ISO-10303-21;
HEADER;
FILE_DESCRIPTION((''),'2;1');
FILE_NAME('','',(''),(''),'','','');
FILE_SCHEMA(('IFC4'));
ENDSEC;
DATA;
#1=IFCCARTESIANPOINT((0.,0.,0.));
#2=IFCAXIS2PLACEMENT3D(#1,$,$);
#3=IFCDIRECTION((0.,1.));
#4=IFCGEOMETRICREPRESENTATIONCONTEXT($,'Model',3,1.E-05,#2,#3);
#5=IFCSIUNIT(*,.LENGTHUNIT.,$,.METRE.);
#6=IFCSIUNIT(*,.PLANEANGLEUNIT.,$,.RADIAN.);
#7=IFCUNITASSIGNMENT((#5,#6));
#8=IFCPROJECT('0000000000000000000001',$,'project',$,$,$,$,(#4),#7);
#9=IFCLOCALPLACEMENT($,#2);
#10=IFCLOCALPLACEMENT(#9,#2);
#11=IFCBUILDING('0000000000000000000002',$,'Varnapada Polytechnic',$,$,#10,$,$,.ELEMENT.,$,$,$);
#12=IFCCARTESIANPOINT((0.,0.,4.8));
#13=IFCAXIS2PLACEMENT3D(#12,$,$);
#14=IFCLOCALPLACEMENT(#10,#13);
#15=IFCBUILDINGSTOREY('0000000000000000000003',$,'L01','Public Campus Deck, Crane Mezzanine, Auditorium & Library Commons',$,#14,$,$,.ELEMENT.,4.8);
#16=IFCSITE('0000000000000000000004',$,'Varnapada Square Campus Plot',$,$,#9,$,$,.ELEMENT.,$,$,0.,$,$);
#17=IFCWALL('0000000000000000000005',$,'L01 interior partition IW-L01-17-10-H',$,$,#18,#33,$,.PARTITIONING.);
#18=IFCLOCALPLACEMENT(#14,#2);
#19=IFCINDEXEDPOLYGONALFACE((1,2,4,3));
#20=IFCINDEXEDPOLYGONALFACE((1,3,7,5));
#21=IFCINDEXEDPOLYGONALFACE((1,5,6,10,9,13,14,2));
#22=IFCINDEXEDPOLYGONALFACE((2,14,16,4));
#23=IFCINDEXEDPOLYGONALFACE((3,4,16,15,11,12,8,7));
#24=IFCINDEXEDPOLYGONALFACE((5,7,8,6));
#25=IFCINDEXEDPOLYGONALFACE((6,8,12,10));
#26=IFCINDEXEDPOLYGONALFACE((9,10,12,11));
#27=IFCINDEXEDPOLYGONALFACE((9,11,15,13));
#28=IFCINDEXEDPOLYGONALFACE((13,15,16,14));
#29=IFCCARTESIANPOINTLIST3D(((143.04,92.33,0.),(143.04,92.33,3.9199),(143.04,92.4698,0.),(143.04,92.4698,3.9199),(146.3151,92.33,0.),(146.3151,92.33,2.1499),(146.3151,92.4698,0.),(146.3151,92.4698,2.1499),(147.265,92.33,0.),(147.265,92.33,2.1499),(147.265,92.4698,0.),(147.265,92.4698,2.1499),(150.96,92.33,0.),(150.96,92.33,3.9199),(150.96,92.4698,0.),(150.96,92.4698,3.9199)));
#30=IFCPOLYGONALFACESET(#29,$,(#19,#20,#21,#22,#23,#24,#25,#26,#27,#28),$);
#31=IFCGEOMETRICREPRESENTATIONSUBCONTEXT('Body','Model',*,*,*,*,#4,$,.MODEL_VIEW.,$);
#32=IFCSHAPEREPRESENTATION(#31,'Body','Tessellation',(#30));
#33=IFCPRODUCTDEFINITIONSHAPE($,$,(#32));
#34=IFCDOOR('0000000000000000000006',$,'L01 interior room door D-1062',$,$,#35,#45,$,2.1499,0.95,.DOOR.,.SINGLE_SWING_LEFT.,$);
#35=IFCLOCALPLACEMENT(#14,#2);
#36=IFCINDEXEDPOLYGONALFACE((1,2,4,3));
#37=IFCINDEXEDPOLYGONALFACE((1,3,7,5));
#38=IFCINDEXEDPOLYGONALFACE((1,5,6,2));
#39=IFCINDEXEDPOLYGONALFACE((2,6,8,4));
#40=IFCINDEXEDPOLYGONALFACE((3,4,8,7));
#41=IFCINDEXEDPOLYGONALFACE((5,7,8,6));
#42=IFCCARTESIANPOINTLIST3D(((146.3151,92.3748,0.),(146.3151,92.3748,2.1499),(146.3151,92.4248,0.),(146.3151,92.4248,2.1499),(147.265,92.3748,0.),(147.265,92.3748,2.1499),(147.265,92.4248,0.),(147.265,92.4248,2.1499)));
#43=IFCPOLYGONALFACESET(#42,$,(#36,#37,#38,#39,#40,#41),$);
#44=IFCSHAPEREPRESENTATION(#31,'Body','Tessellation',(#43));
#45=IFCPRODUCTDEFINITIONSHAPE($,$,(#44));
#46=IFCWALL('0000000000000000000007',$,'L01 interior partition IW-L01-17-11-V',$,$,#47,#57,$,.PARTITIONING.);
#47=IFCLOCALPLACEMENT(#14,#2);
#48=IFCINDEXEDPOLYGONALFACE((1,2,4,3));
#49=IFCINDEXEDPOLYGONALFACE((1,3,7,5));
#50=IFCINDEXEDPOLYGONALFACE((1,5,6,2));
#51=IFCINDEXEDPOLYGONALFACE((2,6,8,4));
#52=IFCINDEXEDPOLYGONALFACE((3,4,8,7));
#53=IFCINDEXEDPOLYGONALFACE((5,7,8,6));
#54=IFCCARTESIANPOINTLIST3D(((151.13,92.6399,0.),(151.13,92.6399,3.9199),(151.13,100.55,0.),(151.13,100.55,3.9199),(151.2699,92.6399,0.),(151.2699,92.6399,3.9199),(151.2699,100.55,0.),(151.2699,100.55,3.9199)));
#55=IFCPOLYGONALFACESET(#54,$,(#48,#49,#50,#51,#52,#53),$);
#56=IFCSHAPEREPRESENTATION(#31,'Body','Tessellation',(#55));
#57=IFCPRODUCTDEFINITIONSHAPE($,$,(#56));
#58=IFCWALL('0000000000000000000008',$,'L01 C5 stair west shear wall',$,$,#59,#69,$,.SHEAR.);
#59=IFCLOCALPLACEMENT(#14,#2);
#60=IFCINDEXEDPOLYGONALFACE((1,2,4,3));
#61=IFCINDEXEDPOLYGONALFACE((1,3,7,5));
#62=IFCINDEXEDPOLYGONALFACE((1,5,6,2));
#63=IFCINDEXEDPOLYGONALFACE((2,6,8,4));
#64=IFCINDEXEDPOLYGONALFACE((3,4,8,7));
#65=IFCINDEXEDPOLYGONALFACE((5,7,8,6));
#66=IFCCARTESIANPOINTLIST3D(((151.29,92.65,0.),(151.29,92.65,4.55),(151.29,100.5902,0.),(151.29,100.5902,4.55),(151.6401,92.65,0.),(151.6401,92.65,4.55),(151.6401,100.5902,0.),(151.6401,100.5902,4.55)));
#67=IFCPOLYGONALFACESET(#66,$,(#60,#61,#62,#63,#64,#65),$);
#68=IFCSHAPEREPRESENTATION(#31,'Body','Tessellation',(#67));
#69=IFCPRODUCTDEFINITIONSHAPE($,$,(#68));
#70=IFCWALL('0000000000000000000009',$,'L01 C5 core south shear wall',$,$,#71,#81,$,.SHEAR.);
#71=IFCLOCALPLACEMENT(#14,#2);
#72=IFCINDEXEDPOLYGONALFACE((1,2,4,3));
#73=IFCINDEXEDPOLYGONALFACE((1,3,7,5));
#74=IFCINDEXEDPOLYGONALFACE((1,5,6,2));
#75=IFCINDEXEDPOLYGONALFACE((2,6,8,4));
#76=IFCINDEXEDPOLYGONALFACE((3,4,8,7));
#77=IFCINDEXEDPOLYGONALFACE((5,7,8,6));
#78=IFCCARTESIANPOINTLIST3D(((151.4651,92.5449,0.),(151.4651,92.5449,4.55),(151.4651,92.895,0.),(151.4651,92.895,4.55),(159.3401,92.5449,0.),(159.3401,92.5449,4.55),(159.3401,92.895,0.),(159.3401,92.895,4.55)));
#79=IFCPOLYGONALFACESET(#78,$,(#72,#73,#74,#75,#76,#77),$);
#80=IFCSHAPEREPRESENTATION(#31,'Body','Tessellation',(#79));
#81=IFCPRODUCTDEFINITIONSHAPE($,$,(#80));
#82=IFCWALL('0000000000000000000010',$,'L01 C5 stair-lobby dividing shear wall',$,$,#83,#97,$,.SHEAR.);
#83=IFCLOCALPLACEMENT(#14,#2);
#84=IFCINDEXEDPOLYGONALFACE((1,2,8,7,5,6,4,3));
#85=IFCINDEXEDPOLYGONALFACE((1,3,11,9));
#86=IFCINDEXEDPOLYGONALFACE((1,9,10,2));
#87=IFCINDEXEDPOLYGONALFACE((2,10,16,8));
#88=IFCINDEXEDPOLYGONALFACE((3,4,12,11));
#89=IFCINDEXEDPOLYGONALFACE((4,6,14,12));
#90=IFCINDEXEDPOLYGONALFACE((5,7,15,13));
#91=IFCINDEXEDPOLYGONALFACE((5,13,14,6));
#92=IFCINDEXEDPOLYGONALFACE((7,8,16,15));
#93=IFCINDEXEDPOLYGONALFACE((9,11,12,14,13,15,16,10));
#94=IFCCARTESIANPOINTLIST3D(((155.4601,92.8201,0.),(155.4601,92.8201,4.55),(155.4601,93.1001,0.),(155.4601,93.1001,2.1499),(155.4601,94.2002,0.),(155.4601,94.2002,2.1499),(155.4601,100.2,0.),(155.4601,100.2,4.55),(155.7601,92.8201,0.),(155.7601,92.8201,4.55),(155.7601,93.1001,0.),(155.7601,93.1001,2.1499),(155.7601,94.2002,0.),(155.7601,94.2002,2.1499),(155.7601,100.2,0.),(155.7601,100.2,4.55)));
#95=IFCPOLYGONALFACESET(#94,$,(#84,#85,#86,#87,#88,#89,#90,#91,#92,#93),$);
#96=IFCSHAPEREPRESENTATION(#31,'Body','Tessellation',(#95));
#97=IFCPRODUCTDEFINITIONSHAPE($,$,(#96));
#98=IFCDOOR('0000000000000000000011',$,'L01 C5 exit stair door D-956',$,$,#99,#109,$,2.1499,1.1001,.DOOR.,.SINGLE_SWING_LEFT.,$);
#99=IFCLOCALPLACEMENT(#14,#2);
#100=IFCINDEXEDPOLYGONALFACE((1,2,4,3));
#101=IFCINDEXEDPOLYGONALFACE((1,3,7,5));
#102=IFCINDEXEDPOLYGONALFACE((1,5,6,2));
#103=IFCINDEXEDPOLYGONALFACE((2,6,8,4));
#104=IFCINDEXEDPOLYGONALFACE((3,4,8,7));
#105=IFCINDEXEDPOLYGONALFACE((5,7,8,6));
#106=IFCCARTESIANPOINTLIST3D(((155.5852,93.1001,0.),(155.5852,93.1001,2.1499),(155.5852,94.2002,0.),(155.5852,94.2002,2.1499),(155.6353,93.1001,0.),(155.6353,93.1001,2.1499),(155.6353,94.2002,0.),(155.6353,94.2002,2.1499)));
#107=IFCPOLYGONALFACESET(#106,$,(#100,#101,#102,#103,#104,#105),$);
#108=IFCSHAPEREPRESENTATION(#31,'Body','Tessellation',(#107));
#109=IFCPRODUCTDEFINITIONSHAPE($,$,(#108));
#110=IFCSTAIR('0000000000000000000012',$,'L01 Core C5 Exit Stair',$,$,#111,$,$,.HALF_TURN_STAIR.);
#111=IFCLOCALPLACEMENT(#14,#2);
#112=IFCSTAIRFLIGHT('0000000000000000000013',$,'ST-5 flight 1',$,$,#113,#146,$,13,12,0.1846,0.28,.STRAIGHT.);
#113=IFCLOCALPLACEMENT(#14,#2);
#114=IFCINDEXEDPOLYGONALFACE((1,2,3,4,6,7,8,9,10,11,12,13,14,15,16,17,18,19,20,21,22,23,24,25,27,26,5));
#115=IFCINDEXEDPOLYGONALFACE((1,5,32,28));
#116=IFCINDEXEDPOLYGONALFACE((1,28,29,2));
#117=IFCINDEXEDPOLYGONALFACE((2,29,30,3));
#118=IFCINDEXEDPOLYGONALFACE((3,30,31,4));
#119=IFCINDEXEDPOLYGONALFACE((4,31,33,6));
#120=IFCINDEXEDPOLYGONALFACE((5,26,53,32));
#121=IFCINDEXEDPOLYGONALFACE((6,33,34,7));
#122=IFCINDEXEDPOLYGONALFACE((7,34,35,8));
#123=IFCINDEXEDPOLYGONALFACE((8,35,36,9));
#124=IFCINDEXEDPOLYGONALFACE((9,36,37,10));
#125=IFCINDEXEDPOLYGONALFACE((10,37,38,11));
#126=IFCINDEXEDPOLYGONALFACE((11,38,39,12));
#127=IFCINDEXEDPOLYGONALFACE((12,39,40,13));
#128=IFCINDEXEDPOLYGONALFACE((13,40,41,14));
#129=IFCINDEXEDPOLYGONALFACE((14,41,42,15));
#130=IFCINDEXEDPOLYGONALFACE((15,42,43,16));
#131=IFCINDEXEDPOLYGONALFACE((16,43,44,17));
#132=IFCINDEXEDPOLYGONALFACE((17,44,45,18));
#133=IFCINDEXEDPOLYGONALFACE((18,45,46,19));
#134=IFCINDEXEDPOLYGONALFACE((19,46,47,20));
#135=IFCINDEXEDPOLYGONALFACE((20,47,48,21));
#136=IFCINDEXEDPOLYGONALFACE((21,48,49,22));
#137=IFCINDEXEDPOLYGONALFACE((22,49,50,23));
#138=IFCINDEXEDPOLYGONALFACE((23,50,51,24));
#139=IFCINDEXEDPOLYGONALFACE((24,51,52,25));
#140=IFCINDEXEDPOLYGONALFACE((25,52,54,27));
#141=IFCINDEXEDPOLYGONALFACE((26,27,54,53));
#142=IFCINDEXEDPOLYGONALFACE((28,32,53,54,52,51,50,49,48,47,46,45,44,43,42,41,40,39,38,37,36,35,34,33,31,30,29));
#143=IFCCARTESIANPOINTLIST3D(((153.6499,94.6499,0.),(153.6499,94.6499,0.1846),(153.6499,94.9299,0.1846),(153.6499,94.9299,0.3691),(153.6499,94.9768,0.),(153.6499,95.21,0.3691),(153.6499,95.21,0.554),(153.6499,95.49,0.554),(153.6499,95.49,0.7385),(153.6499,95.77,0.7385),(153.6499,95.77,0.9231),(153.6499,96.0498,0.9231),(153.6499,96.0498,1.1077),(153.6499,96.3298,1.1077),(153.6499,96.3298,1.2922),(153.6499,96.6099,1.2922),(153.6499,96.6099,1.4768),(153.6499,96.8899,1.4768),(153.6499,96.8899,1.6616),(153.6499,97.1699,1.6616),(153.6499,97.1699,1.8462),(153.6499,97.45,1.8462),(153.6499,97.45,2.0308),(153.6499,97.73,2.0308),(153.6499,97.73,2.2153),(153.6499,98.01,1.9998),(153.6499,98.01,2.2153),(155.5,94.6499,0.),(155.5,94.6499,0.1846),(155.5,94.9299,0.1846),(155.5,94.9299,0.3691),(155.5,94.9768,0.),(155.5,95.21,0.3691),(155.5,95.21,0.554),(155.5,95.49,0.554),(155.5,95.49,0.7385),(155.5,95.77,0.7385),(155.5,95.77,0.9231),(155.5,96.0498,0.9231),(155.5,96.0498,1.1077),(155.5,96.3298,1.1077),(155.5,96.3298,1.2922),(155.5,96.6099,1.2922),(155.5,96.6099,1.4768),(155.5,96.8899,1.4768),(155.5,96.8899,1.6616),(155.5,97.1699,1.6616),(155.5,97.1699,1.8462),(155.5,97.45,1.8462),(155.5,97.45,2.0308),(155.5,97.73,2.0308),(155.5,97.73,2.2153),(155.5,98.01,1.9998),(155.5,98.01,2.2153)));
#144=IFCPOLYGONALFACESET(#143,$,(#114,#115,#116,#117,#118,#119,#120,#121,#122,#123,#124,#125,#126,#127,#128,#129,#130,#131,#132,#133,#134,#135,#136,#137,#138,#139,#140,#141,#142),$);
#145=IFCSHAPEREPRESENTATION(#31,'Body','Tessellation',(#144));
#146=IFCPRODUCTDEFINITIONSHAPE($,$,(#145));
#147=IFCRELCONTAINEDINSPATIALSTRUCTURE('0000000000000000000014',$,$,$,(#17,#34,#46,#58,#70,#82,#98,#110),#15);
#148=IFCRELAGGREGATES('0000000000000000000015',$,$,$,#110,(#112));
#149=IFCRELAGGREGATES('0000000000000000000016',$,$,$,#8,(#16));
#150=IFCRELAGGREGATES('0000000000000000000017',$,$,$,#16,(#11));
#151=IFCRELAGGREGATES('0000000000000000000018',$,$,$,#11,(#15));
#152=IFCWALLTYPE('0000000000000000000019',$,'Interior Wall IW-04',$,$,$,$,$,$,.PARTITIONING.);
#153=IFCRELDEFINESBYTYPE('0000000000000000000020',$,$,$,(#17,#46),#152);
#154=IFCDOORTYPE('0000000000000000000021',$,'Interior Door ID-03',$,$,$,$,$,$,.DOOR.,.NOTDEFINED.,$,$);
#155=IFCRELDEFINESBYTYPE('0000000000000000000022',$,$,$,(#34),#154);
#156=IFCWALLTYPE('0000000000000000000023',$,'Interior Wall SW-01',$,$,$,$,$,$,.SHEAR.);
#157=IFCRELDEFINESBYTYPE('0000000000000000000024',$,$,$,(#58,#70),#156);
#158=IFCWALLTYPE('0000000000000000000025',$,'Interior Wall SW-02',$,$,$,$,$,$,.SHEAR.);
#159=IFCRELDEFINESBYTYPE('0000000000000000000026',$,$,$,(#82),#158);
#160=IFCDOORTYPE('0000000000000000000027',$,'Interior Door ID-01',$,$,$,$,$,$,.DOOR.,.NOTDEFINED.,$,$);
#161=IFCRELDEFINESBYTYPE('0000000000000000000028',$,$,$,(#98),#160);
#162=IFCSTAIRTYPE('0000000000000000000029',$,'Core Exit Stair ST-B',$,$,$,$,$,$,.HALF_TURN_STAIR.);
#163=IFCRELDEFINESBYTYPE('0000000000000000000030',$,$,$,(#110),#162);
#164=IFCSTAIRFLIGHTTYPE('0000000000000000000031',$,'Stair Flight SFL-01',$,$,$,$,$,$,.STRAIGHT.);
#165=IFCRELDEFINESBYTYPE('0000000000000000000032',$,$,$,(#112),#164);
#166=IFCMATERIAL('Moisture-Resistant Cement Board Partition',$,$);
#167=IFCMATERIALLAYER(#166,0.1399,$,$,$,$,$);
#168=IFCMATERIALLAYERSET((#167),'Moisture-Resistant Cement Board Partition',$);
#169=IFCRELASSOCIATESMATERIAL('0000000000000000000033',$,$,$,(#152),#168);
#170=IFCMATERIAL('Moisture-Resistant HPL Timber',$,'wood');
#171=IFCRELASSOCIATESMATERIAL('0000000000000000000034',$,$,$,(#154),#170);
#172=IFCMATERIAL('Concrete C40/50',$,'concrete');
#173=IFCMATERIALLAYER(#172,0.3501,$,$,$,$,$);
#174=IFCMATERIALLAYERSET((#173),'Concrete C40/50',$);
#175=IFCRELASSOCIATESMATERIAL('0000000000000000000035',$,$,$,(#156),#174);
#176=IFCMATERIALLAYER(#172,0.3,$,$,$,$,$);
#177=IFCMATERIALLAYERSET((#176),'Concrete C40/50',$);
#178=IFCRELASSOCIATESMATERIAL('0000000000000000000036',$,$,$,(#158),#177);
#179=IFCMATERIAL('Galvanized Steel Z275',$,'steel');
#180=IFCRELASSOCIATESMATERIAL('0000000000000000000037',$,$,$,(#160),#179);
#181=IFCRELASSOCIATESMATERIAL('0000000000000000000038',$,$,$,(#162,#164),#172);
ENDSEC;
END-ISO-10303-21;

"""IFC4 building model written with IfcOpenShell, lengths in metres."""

from ifc_helpers import new_model, si_unit, direction, frame, frame_2d, origin, place, context, subcontext, project, spatial, polyline, rectangle, outline, extrude, material, layer, layer_set, type_object, element, fill, aggregate, save


model = new_model("IFC4")

# Units and contexts
model_context = context("Model", 3, precision=1e-05, world=origin(), true_north=direction((0.0, 1.0)))
body_context = subcontext(model_context, "Body", "Model", "MODEL_VIEW")
ifc_project = project(units=[si_unit("LENGTHUNIT", "METRE"), si_unit("PLANEANGLEUNIT", "RADIAN")], contexts=[model_context])

# Site, building, storey
site_placement = place(None, origin())
site = spatial("IfcSite", under=ifc_project, at=site_placement, Name="Varnapada Square Campus Plot", CompositionType="ELEMENT", RefElevation=0.0)
building_placement = place(site_placement, origin())
building = spatial("IfcBuilding", under=site, at=building_placement, Name="Varnapada Polytechnic", CompositionType="ELEMENT")
storey_placement = place(building_placement, frame((0.0, 0.0, 4.8)))
storey = spatial("IfcBuildingStorey", under=building, at=storey_placement, Name="L01", Description="Public Campus Deck, Crane Mezzanine, Auditorium & Library Commons", CompositionType="ELEMENT", Elevation=4.8)

# Shared definitions
ifc_material_1 = material(Name="Moisture-Resistant Cement Board Partition")
ifc_layer_1 = layer(ifc_material_1, 0.1399)
ifc_layer_set_1 = layer_set([ifc_layer_1], Name="Moisture-Resistant Cement Board Partition")
wall_type_1 = type_object("IfcWallType", Name="Interior Wall IW-04", PredefinedType="PARTITIONING", material=ifc_layer_set_1)

# Wall, opening, door
wall_1_placement = place(storey_placement, frame((143.04, 92.3999, 0.0), z_axis=(0.0, 0.0, 1.0), x_axis=(1.0, 0.0, 0.0)))
wall_1 = element("IfcWall", 1, at=wall_1_placement, inside=storey, type_object=wall_type_1, Name="L01 interior partition IW-L01-17-10-H", PredefinedType="PARTITIONING", context=body_context, shape_type="SweptSolid", body=[
    extrude(rectangle(XDim=7.9199, YDim=0.1399, at=frame_2d((3.96, 0.0))), origin(), (0.0, 0.0, 1.0), 3.9199),
])
opening_1_placement = place(wall_1_placement, frame((3.2749, 0.0, 0.0)))
opening_1 = element("IfcOpeningElement", 2, at=opening_1_placement, cuts=wall_1, PredefinedType="OPENING", context=body_context, shape_type="SweptSolid", body=[
    extrude(rectangle(XDim=0.95, YDim=2.1499, at=frame_2d((0.4751, 1.075))), frame((0.0, 0.0798, 0.0), z_axis=(0.0, -1.0, 0.0), x_axis=(1.0, 0.0, 0.0)), (0.0, 0.0, 1.0), 0.1599),
])
ifc_material_2 = material(Name="Moisture-Resistant HPL Timber", Category="wood")
door_type_1 = type_object("IfcDoorType", Name="Interior Door ID-03", OperationType="NOTDEFINED", PredefinedType="DOOR", material=ifc_material_2)
door_1_placement = place(opening_1_placement, origin())
door_1 = element("IfcDoor", 3, at=door_1_placement, inside=storey, type_object=door_type_1, Name="L01 interior room door D-1062", OperationType="SINGLE_SWING_LEFT", OverallHeight=2.1499, OverallWidth=0.95, PredefinedType="DOOR", context=body_context, shape_type="SweptSolid", body=[
    extrude(rectangle(XDim=0.95, YDim=2.1499, at=frame_2d((0.4751, 1.075))), frame((0.0, 0.0249, 0.0), z_axis=(0.0, -1.0, 0.0), x_axis=(1.0, 0.0, 0.0)), (0.0, 0.0, 1.0), 0.05),
])
fill(opening_1, door_1)

# Walls
wall_2_placement = place(storey_placement, frame((151.2, 92.6399, 0.0), z_axis=(0.0, 0.0, 1.0), x_axis=(0.0, 1.0, 0.0)))
element("IfcWall", 4, at=wall_2_placement, inside=storey, type_object=wall_type_1, Name="L01 interior partition IW-L01-17-11-V", PredefinedType="PARTITIONING", context=body_context, shape_type="SweptSolid", body=[
    extrude(rectangle(XDim=7.9102, YDim=0.1399, at=frame_2d((3.9551, 0.0))), origin(), (0.0, 0.0, 1.0), 3.9199),
])
ifc_material_3 = material(Name="Concrete C40/50", Category="concrete")
ifc_layer_2 = layer(ifc_material_3, 0.3501)
ifc_layer_set_2 = layer_set([ifc_layer_2], Name="Concrete C40/50")
wall_type_2 = type_object("IfcWallType", Name="Interior Wall SW-01", PredefinedType="SHEAR", material=ifc_layer_set_2)
wall_3_placement = place(storey_placement, frame((151.4651, 92.6499, 0.0), z_axis=(0.0, 0.0, 1.0), x_axis=(0.0, 1.0, 0.0)))
element("IfcWall", 5, at=wall_3_placement, inside=storey, type_object=wall_type_2, Name="L01 C5 stair west shear wall", PredefinedType="SHEAR", context=body_context, shape_type="SweptSolid", body=[
    extrude(rectangle(XDim=7.9402, YDim=0.3501, at=frame_2d((3.9702, 0.0))), origin(), (0.0, 0.0, 1.0), 4.55),
])
wall_4_placement = place(storey_placement, frame((159.3401, 92.72, 0.0), z_axis=(0.0, 0.0, 1.0), x_axis=(-1.0, 0.0, 0.0)))
element("IfcWall", 6, at=wall_4_placement, inside=storey, type_object=wall_type_2, Name="L01 C5 core south shear wall", PredefinedType="SHEAR", context=body_context, shape_type="SweptSolid", body=[
    extrude(rectangle(XDim=7.875, YDim=0.3501, at=frame_2d((3.9375, 0.0))), origin(), (0.0, 0.0, 1.0), 4.55),
])

# Wall, opening, door
ifc_layer_3 = layer(ifc_material_3, 0.3)
ifc_layer_set_3 = layer_set([ifc_layer_3], Name="Concrete C40/50")
wall_type_3 = type_object("IfcWallType", Name="Interior Wall SW-02", PredefinedType="SHEAR", material=ifc_layer_set_3)
wall_5_placement = place(storey_placement, frame((155.6101, 92.8201, 0.0), z_axis=(0.0, 0.0, 1.0), x_axis=(0.0, 1.0, 0.0)))
wall_5 = element("IfcWall", 7, at=wall_5_placement, inside=storey, type_object=wall_type_3, Name="L01 C5 stair-lobby dividing shear wall", PredefinedType="SHEAR", context=body_context, shape_type="SweptSolid", body=[
    extrude(rectangle(XDim=7.3799, YDim=0.3, at=frame_2d((3.6899, 0.0))), origin(), (0.0, 0.0, 1.0), 4.55),
])
opening_2_placement = place(wall_5_placement, frame((0.28, 0.0, 0.0)))
opening_2 = element("IfcOpeningElement", 8, at=opening_2_placement, cuts=wall_5, PredefinedType="OPENING", context=body_context, shape_type="SweptSolid", body=[
    extrude(rectangle(XDim=1.1001, YDim=2.1499, at=frame_2d((0.55, 1.075))), frame((0.0, 0.1599, 0.0), z_axis=(0.0, -1.0, 0.0), x_axis=(1.0, 0.0, 0.0)), (0.0, 0.0, 1.0), 0.3201),
])
ifc_material_4 = material(Name="Galvanized Steel Z275", Category="steel")
door_type_2 = type_object("IfcDoorType", Name="Interior Door ID-01", OperationType="NOTDEFINED", PredefinedType="DOOR", material=ifc_material_4)
door_2_placement = place(opening_2_placement, origin())
door_2 = element("IfcDoor", 9, at=door_2_placement, inside=storey, type_object=door_type_2, Name="L01 C5 exit stair door D-956", OperationType="SINGLE_SWING_LEFT", OverallHeight=2.1499, OverallWidth=1.1001, PredefinedType="DOOR", context=body_context, shape_type="SweptSolid", body=[
    extrude(rectangle(XDim=1.1001, YDim=2.1499, at=frame_2d((0.55, 1.075))), frame((0.0, 0.0249, 0.0), z_axis=(0.0, -1.0, 0.0), x_axis=(1.0, 0.0, 0.0)), (0.0, 0.0, 1.0), 0.05),
])
fill(opening_2, door_2)

# Stair, stair flight
stair_type = type_object("IfcStairType", Name="Core Exit Stair ST-B", PredefinedType="HALF_TURN_STAIR", material=ifc_material_3)
stair_placement = place(storey_placement, origin())
stair = element("IfcStair", 10, at=stair_placement, inside=storey, type_object=stair_type, Name="L01 Core C5 Exit Stair", PredefinedType="HALF_TURN_STAIR")
stair_flight_type = type_object("IfcStairFlightType", Name="Stair Flight SFL-01", PredefinedType="STRAIGHT", material=ifc_material_3)
stair_flight_placement = place(storey_placement, frame((154.575, 94.6499, 0.0), z_axis=(0.0, 0.0, 1.0), x_axis=(0.0, 1.0, 0.0)))
stair_flight = element("IfcStairFlight", 11, at=stair_flight_placement, type_object=stair_flight_type, Name="ST-5 flight 1", NumberOfRisers=13, NumberOfTreads=12, PredefinedType="STRAIGHT", RiserHeight=0.1846, TreadLength=0.28, context=body_context, shape_type="SweptSolid", body=[
    extrude(outline(polyline([(0.0, 0.0), (0.0, 0.1846), (0.28, 0.1846), (0.28, 0.3691), (0.5601, 0.3691), (0.5601, 0.554), (0.8401, 0.554), (0.8401, 0.7385), (1.1201, 0.7385), (1.1201, 0.9231), (1.3999, 0.9231), (1.3999, 1.1077), (1.6799, 1.1077), (1.6799, 1.2922), (1.96, 1.2922), (1.96, 1.4768), (2.24, 1.4768), (2.24, 1.6616), (2.52, 1.6616), (2.52, 1.8462), (2.8, 1.8462), (2.8, 2.0308), (3.0801, 2.0308), (3.0801, 2.2153), (3.3601, 2.2153), (3.3601, 2.3999), (3.3601, 1.9998), (0.3269, 0.0), (0.0, 0.0)])), frame((0.0, 0.925, 0.0), z_axis=(0.0, -1.0, 0.0), x_axis=(1.0, 0.0, 0.0)), (0.0, 0.0, 1.0), 1.8501),
])
aggregate(stair, [stair_flight])

save(model, "model.ifc")
